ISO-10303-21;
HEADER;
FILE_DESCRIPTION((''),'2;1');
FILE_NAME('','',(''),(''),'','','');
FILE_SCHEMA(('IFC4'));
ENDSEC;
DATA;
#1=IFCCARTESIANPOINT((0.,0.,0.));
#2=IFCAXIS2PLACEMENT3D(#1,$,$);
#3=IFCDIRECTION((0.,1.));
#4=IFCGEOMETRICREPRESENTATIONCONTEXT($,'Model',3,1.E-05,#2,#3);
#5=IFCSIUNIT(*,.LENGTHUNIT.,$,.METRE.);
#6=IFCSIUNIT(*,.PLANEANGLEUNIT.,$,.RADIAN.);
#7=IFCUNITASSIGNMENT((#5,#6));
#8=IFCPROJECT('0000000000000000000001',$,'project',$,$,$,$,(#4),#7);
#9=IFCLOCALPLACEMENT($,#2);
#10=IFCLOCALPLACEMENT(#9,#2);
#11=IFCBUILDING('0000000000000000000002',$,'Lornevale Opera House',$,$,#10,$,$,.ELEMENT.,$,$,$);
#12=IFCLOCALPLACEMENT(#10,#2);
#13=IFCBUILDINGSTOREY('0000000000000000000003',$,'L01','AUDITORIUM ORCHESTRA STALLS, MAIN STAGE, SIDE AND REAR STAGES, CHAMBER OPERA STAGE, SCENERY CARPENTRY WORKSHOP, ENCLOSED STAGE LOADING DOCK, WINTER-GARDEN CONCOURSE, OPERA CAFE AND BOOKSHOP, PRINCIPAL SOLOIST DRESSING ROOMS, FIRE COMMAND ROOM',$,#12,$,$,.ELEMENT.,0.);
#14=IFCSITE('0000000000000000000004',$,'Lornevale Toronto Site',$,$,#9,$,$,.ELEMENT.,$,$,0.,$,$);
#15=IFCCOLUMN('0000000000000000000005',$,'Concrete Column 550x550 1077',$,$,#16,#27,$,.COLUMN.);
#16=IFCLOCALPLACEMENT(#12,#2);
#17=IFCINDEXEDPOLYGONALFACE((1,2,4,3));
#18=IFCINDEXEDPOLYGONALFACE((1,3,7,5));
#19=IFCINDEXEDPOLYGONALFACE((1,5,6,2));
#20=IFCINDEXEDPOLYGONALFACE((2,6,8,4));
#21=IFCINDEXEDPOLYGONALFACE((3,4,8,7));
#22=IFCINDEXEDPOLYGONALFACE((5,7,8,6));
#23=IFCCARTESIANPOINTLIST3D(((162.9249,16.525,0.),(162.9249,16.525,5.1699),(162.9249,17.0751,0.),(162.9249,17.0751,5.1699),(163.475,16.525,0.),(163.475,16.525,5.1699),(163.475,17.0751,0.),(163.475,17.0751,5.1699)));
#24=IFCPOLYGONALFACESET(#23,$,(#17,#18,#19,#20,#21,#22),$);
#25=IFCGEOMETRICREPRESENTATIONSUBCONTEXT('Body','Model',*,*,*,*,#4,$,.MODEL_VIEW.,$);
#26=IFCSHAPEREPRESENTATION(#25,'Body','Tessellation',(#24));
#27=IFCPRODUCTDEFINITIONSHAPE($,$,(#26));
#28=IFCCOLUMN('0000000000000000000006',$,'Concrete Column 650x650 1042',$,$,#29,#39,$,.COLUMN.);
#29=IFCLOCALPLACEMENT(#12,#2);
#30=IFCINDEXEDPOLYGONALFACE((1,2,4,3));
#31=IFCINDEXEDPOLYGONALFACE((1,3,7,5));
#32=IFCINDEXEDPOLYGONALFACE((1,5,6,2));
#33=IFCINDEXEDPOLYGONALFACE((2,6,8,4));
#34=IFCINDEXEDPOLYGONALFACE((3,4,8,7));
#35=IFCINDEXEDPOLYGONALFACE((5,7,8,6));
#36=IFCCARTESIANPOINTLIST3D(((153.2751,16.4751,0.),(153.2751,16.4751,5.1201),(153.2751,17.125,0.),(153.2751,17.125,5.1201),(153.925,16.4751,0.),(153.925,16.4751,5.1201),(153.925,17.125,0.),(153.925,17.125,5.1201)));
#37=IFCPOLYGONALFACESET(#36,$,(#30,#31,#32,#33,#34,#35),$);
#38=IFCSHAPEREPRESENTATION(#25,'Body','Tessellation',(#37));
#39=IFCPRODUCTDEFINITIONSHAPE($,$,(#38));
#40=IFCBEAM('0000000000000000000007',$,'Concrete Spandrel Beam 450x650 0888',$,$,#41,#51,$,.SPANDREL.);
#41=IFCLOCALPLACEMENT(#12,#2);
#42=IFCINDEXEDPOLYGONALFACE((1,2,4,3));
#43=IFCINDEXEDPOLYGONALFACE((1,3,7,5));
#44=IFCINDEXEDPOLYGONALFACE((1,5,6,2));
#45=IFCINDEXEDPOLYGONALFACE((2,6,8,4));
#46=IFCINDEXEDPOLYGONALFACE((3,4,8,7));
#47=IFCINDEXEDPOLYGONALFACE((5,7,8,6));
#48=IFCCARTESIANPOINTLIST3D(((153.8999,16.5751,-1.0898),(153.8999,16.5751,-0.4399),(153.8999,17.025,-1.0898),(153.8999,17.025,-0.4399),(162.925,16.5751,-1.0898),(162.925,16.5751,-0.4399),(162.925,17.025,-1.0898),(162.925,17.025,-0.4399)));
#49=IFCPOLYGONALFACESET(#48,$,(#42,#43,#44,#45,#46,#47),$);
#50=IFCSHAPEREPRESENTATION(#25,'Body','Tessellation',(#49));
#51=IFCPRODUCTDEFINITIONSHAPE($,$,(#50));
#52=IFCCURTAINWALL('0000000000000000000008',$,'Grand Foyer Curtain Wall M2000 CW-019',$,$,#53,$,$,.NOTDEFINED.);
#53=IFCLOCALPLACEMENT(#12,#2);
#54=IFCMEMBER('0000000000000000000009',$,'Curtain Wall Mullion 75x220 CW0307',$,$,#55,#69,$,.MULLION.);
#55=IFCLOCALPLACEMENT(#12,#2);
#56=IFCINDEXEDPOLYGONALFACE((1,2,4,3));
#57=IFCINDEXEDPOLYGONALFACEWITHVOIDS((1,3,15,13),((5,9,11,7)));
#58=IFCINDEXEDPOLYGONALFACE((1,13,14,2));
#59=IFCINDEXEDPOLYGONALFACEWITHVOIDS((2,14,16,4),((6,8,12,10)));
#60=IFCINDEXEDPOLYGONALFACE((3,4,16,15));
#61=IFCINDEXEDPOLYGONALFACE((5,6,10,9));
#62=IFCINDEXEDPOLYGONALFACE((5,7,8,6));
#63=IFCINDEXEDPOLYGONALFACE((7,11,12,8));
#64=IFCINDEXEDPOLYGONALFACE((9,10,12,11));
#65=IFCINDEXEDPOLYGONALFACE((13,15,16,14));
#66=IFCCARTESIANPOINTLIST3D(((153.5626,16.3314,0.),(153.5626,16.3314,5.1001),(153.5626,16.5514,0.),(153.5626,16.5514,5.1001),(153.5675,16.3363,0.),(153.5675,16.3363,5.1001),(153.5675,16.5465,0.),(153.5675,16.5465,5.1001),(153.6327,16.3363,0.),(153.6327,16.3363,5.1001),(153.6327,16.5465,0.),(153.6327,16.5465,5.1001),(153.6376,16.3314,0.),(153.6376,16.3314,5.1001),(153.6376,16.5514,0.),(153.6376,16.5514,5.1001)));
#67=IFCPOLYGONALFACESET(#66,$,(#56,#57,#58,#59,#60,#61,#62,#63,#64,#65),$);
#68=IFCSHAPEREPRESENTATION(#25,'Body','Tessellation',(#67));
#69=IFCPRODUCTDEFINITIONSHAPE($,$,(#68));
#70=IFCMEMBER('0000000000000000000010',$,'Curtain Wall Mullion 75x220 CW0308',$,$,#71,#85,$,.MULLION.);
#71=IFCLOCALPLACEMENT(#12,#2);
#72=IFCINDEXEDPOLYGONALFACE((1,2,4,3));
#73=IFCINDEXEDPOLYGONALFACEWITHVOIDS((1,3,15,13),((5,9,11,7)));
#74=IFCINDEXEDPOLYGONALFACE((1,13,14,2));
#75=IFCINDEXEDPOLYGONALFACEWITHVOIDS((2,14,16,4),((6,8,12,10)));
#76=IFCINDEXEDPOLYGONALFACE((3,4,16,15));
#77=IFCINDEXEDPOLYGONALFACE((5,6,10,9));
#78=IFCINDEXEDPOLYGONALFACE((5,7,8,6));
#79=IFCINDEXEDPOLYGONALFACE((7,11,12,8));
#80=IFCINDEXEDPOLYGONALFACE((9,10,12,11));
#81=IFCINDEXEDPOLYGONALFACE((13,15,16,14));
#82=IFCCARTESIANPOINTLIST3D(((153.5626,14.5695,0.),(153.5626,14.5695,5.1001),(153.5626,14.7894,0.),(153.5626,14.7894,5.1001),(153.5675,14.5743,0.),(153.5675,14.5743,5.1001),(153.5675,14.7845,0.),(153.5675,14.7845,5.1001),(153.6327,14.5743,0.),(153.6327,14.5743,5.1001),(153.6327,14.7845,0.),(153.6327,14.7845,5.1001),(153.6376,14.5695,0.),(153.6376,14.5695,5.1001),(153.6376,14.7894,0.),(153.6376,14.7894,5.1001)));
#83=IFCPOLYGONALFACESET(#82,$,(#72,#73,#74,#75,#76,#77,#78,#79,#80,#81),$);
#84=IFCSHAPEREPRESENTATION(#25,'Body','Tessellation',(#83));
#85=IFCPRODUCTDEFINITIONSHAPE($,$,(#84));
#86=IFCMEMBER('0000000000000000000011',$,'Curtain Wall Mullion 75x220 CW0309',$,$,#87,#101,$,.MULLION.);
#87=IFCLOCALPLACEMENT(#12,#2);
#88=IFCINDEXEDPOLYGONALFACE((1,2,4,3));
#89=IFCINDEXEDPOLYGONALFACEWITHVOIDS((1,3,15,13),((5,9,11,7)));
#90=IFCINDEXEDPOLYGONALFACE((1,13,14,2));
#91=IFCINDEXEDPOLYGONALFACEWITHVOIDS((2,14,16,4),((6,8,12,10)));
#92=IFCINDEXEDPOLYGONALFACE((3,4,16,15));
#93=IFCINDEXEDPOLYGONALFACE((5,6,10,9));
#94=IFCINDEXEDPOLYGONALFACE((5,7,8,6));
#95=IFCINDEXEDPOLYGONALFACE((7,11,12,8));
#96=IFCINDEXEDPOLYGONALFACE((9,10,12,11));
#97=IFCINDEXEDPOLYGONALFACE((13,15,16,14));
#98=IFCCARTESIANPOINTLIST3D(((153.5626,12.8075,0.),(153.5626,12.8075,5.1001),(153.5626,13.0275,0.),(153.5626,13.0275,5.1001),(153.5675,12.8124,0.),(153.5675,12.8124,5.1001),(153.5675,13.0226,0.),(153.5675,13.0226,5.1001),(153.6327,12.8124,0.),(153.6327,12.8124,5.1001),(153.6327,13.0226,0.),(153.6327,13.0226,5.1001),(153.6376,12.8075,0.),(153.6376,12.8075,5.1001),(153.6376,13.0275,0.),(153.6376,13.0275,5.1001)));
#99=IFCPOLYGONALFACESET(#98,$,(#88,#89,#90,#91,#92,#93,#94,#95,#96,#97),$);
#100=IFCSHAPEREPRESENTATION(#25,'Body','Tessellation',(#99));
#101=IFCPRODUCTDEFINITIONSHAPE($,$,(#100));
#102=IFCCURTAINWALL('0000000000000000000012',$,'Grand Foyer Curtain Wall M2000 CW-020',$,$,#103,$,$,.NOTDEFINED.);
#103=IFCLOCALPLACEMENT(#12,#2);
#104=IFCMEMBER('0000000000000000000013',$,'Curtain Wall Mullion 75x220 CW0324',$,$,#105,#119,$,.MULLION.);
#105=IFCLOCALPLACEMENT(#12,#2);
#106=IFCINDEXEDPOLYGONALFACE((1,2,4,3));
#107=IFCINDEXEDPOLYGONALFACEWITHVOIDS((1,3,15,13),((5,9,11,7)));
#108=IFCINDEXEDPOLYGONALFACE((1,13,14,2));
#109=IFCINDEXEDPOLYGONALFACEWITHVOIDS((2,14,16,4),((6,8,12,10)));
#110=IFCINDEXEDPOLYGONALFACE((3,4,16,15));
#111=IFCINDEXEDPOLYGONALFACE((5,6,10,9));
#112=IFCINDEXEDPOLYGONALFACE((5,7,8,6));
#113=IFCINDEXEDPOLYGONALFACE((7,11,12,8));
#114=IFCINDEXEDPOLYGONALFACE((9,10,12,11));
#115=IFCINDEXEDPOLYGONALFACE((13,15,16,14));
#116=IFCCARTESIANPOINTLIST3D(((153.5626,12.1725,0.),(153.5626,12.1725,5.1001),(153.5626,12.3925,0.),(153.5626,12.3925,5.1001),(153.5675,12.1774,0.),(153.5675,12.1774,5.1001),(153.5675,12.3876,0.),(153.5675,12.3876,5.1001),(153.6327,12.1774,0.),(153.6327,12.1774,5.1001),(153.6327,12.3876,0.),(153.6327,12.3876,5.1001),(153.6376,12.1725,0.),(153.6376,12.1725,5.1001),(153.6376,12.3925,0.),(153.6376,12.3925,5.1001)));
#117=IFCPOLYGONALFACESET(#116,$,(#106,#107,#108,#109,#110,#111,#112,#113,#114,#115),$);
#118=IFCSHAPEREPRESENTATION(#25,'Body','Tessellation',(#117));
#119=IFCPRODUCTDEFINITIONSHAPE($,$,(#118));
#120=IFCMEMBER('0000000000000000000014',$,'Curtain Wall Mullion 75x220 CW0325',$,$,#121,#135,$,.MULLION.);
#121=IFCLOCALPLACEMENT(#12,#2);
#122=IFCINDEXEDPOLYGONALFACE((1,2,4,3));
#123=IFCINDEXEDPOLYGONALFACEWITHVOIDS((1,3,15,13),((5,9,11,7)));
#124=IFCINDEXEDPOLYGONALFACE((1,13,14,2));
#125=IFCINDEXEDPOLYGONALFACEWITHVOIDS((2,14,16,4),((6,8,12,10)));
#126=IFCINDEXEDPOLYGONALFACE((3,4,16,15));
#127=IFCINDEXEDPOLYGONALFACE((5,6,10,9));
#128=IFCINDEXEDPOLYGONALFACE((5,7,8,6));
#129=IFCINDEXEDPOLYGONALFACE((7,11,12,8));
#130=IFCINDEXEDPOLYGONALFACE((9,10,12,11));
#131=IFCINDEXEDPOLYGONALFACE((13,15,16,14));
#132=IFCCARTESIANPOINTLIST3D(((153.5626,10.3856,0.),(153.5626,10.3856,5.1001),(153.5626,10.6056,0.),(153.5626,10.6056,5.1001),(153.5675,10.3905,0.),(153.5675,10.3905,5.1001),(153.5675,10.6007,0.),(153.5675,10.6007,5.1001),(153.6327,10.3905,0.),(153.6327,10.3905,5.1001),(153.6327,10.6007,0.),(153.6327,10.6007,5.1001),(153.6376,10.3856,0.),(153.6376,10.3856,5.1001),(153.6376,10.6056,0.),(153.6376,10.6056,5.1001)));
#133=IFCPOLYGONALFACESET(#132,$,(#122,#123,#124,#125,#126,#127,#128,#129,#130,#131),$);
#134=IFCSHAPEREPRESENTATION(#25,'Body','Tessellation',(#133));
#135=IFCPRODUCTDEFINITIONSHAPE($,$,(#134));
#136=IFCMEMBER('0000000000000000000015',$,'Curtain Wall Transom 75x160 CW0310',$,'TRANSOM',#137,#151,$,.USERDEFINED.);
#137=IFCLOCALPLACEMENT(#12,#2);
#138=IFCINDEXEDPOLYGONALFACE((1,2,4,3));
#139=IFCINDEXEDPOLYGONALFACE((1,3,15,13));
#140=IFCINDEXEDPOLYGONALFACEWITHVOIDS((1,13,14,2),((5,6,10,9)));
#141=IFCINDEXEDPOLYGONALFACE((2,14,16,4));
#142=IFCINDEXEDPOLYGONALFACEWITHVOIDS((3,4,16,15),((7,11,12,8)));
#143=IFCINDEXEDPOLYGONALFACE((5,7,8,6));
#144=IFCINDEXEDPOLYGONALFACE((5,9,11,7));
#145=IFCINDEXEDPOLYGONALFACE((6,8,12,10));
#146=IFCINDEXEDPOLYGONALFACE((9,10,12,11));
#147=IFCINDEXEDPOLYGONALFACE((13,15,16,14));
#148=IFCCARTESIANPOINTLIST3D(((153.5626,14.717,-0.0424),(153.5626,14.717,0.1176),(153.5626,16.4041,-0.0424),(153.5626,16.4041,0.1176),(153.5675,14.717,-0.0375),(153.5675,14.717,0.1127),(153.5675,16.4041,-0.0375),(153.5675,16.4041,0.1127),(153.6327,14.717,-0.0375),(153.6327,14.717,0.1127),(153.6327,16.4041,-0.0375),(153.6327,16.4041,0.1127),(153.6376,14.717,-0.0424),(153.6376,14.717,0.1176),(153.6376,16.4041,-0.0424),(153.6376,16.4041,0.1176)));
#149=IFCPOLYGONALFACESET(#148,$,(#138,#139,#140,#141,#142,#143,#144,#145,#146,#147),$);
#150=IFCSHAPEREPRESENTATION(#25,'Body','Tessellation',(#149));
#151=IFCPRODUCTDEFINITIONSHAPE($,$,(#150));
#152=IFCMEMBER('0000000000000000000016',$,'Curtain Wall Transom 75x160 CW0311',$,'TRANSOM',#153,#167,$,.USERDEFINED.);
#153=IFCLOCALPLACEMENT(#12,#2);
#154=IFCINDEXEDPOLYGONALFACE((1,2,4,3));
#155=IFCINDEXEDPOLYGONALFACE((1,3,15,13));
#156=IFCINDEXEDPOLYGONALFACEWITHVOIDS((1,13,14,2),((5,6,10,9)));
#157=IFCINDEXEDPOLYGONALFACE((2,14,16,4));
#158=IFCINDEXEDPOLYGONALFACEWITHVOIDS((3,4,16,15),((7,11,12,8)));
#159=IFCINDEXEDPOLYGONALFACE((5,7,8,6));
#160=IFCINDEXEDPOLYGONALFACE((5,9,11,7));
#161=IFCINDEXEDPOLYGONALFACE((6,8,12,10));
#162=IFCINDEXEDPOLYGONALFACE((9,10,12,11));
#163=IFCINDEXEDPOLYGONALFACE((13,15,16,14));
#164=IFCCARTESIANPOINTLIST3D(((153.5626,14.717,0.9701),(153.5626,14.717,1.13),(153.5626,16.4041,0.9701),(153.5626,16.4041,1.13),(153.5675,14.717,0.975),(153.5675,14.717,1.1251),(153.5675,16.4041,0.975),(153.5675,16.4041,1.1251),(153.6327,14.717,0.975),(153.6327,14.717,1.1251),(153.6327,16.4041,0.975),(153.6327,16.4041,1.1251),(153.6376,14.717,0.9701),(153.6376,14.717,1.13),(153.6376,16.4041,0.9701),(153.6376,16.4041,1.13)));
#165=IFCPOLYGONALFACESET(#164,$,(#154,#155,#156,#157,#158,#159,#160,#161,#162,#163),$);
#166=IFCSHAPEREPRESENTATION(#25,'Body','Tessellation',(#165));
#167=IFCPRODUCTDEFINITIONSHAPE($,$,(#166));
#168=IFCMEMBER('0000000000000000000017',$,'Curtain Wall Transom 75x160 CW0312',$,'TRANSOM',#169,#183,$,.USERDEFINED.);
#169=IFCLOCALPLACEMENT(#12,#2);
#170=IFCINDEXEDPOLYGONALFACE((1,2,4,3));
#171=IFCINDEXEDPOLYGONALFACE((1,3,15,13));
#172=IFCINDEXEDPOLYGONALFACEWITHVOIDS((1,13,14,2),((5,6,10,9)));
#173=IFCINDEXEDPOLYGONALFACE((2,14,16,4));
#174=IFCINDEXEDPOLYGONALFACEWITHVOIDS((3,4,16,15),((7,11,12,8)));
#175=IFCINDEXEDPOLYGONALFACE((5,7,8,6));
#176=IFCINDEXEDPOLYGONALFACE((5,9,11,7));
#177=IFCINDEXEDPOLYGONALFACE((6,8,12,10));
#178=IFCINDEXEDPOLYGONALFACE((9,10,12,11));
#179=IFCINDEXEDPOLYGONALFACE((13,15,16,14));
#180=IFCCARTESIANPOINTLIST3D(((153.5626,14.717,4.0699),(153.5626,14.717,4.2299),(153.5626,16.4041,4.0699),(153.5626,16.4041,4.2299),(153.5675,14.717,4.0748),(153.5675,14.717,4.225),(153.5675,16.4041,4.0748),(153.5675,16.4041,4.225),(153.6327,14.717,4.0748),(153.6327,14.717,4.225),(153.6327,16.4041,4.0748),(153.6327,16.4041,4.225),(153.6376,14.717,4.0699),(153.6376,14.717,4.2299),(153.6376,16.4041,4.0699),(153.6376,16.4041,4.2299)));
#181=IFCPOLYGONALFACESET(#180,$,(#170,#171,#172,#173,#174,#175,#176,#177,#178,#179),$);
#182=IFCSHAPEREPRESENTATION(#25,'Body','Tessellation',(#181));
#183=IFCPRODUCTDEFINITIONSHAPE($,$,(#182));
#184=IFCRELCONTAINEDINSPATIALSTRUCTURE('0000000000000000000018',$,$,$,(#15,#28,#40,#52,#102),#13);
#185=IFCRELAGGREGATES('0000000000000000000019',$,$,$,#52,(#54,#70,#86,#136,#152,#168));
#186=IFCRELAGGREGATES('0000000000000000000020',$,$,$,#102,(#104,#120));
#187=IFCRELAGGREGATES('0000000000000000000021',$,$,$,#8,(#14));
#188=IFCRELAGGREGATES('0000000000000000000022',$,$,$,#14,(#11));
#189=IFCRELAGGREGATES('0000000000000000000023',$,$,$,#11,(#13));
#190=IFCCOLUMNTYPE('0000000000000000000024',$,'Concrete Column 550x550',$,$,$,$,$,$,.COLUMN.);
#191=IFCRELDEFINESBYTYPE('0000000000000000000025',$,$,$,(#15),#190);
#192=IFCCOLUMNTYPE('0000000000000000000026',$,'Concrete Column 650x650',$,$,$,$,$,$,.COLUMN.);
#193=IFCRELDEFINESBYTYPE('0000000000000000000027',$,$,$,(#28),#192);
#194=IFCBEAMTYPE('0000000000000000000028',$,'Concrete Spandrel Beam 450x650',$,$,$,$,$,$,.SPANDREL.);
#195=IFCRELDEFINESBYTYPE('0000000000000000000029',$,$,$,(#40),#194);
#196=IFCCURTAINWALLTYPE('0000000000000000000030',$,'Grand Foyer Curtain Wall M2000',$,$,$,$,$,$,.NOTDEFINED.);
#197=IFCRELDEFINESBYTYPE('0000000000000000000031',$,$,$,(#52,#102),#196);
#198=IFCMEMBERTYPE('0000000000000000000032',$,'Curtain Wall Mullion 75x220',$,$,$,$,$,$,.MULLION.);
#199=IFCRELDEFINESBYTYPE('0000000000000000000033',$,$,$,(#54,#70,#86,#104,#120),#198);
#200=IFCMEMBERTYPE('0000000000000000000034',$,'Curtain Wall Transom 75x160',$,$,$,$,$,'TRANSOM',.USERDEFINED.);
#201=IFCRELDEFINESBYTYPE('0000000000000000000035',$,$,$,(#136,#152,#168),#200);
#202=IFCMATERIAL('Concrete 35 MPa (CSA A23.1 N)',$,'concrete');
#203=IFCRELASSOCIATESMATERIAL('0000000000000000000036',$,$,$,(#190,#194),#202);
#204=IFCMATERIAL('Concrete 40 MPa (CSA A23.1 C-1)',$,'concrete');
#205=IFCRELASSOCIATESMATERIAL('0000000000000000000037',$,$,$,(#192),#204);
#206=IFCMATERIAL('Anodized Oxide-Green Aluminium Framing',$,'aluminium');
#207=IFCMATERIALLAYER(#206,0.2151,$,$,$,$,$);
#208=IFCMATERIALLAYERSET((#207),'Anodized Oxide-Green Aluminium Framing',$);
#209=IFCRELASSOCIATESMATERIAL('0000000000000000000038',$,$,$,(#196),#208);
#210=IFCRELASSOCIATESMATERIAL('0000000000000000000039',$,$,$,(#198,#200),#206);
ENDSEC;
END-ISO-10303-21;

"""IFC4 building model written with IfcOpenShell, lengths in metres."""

from ifc_helpers import new_model, si_unit, direction, frame, origin, origin_2d, place, context, subcontext, project, spatial, rectangle, hollow_rectangle, extrude, material, layer, layer_set, material_profile, profile_set, type_object, element, aggregate, save


model = new_model("IFC4")

# Units and contexts
model_context = context("Model", 3, precision=1e-05, world=origin(), true_north=direction((0.0, 1.0)))
body_context = subcontext(model_context, "Body", "Model", "MODEL_VIEW")
ifc_project = project(units=[si_unit("LENGTHUNIT", "METRE"), si_unit("PLANEANGLEUNIT", "RADIAN")], contexts=[model_context])

# Site, building, storey
site_placement = place(None, origin())
site = spatial("IfcSite", under=ifc_project, at=site_placement, Name="Lornevale Toronto Site", CompositionType="ELEMENT", RefElevation=0.0)
building_placement = place(site_placement, origin())
building = spatial("IfcBuilding", under=site, at=building_placement, Name="Lornevale Opera House", CompositionType="ELEMENT")
storey_placement = place(building_placement, origin())
storey = spatial("IfcBuildingStorey", under=building, at=storey_placement, Name="L01", Description="AUDITORIUM ORCHESTRA STALLS, MAIN STAGE, SIDE AND REAR STAGES, CHAMBER OPERA STAGE, SCENERY CARPENTRY WORKSHOP, ENCLOSED STAGE LOADING DOCK, WINTER-GARDEN CONCOURSE, OPERA CAFE AND BOOKSHOP, PRINCIPAL SOLOIST DRESSING ROOMS, FIRE COMMAND ROOM", CompositionType="ELEMENT", Elevation=0.0)

# Columns
ifc_material_1 = material(Name="Concrete 35 MPa (CSA A23.1 N)", Category="concrete")
ifc_material_profile_1 = material_profile(ifc_material_1, rectangle(XDim=0.55, YDim=0.55, at=origin_2d()), Name="RC550x550")
ifc_profile_set_1 = profile_set([ifc_material_profile_1], Name="Concrete 35 MPa (CSA A23.1 N)")
column_type_1 = type_object("IfcColumnType", Name="Concrete Column 550x550", PredefinedType="COLUMN", material=ifc_profile_set_1)
column_1_placement = place(storey_placement, frame((163.2, 16.8, 0.0), z_axis=(0.0, 0.0, 1.0), x_axis=(1.0, 0.0, 0.0)))
element("IfcColumn", 1, at=column_1_placement, inside=storey, type_object=column_type_1, Name="Concrete Column 550x550 1077", PredefinedType="COLUMN", context=body_context, shape_type="SweptSolid", body=[
    extrude(rectangle(XDim=0.55, YDim=0.55, at=origin_2d()), origin(), (0.0, 0.0, 1.0), 5.1699),
])
ifc_material_2 = material(Name="Concrete 40 MPa (CSA A23.1 C-1)", Category="concrete")
ifc_material_profile_2 = material_profile(ifc_material_2, rectangle(XDim=0.6499, YDim=0.6499, at=origin_2d()), Name="RC650x650")
ifc_profile_set_2 = profile_set([ifc_material_profile_2], Name="Concrete 40 MPa (CSA A23.1 C-1)")
column_type_2 = type_object("IfcColumnType", Name="Concrete Column 650x650", PredefinedType="COLUMN", material=ifc_profile_set_2)
column_2_placement = place(storey_placement, frame((153.6001, 16.8, 0.0), z_axis=(0.0, 0.0, 1.0), x_axis=(1.0, 0.0, 0.0)))
element("IfcColumn", 2, at=column_2_placement, inside=storey, type_object=column_type_2, Name="Concrete Column 650x650 1042", PredefinedType="COLUMN", context=body_context, shape_type="SweptSolid", body=[
    extrude(rectangle(XDim=0.6499, YDim=0.6499, at=origin_2d()), origin(), (0.0, 0.0, 1.0), 5.1201),
])

# Beam
ifc_material_profile_3 = material_profile(ifc_material_1, rectangle(XDim=0.45, YDim=0.6499, at=origin_2d()), Name="RC450x650")
ifc_profile_set_3 = profile_set([ifc_material_profile_3], Name="Concrete 35 MPa (CSA A23.1 N)")
beam_type = type_object("IfcBeamType", Name="Concrete Spandrel Beam 450x650", PredefinedType="SPANDREL", material=ifc_profile_set_3)
beam_placement = place(storey_placement, frame((153.8999, 16.8, -0.7649), z_axis=(1.0, 0.0, 0.0), x_axis=(0.0, 1.0, 0.0)))
element("IfcBeam", 3, at=beam_placement, inside=storey, type_object=beam_type, Name="Concrete Spandrel Beam 450x650 0888", PredefinedType="SPANDREL", context=body_context, shape_type="SweptSolid", body=[
    extrude(rectangle(XDim=0.45, YDim=0.6499, at=origin_2d()), origin(), (0.0, 0.0, 1.0), 9.0251),
])

# Curtain walls, members
ifc_material_3 = material(Name="Anodized Oxide-Green Aluminium Framing", Category="aluminium")
ifc_layer_1 = layer(ifc_material_3, 0.2151)
ifc_layer_set_1 = layer_set([ifc_layer_1], Name="Anodized Oxide-Green Aluminium Framing")
curtain_wall_type = type_object("IfcCurtainWallType", Name="Grand Foyer Curtain Wall M2000", PredefinedType="NOTDEFINED", material=ifc_layer_set_1)
curtain_wall_1_placement = place(storey_placement, origin())
curtain_wall_1 = element("IfcCurtainWall", 4, at=curtain_wall_1_placement, inside=storey, type_object=curtain_wall_type, Name="Grand Foyer Curtain Wall M2000 CW-019", PredefinedType="NOTDEFINED")
ifc_material_profile_4 = material_profile(ifc_material_3, hollow_rectangle(XDim=0.075, YDim=0.22, WallThickness=0.0049, at=origin_2d()), Name="ALU75x220x5")
ifc_profile_set_4 = profile_set([ifc_material_profile_4], Name="Anodized Oxide-Green Aluminium Framing")
member_type_1 = type_object("IfcMemberType", Name="Curtain Wall Mullion 75x220", PredefinedType="MULLION", material=ifc_profile_set_4)
member_1_placement = place(storey_placement, frame((153.6001, 16.4414, 0.0), z_axis=(0.0, 0.0, 1.0), x_axis=(1.0, 0.0, 0.0)))
member_1 = element("IfcMember", 5, at=member_1_placement, type_object=member_type_1, Name="Curtain Wall Mullion 75x220 CW0307", PredefinedType="MULLION", context=body_context, shape_type="SweptSolid", body=[
    extrude(hollow_rectangle(XDim=0.075, YDim=0.22, WallThickness=0.0049, at=origin_2d()), origin(), (0.0, 0.0, 1.0), 5.1001),
])
member_2_placement = place(storey_placement, frame((153.6001, 14.6794, 0.0), z_axis=(0.0, 0.0, 1.0), x_axis=(1.0, 0.0, 0.0)))
member_2 = element("IfcMember", 6, at=member_2_placement, type_object=member_type_1, Name="Curtain Wall Mullion 75x220 CW0308", PredefinedType="MULLION", context=body_context, shape_type="SweptSolid", body=[
    extrude(hollow_rectangle(XDim=0.075, YDim=0.22, WallThickness=0.0049, at=origin_2d()), origin(), (0.0, 0.0, 1.0), 5.1001),
])
member_3_placement = place(storey_placement, frame((153.6001, 12.9175, 0.0), z_axis=(0.0, 0.0, 1.0), x_axis=(1.0, 0.0, 0.0)))
member_3 = element("IfcMember", 7, at=member_3_placement, type_object=member_type_1, Name="Curtain Wall Mullion 75x220 CW0309", PredefinedType="MULLION", context=body_context, shape_type="SweptSolid", body=[
    extrude(hollow_rectangle(XDim=0.075, YDim=0.22, WallThickness=0.0049, at=origin_2d()), origin(), (0.0, 0.0, 1.0), 5.1001),
])
curtain_wall_2_placement = place(storey_placement, origin())
curtain_wall_2 = element("IfcCurtainWall", 8, at=curtain_wall_2_placement, inside=storey, type_object=curtain_wall_type, Name="Grand Foyer Curtain Wall M2000 CW-020", PredefinedType="NOTDEFINED")
member_4_placement = place(storey_placement, frame((153.6001, 12.2825, 0.0), z_axis=(0.0, 0.0, 1.0), x_axis=(1.0, 0.0, 0.0)))
member_4 = element("IfcMember", 9, at=member_4_placement, type_object=member_type_1, Name="Curtain Wall Mullion 75x220 CW0324", PredefinedType="MULLION", context=body_context, shape_type="SweptSolid", body=[
    extrude(hollow_rectangle(XDim=0.075, YDim=0.22, WallThickness=0.0049, at=origin_2d()), origin(), (0.0, 0.0, 1.0), 5.1001),
])
member_5_placement = place(storey_placement, frame((153.6001, 10.4956, 0.0), z_axis=(0.0, 0.0, 1.0), x_axis=(1.0, 0.0, 0.0)))
member_5 = element("IfcMember", 10, at=member_5_placement, type_object=member_type_1, Name="Curtain Wall Mullion 75x220 CW0325", PredefinedType="MULLION", context=body_context, shape_type="SweptSolid", body=[
    extrude(hollow_rectangle(XDim=0.075, YDim=0.22, WallThickness=0.0049, at=origin_2d()), origin(), (0.0, 0.0, 1.0), 5.1001),
])

# Members
ifc_material_profile_5 = material_profile(ifc_material_3, hollow_rectangle(XDim=0.075, YDim=0.1599, WallThickness=0.0049, at=origin_2d()), Name="ALU75x160x5")
ifc_profile_set_5 = profile_set([ifc_material_profile_5], Name="Anodized Oxide-Green Aluminium Framing")
member_type_2 = type_object("IfcMemberType", Name="Curtain Wall Transom 75x160", ElementType="TRANSOM", PredefinedType="USERDEFINED", material=ifc_profile_set_5)
member_6_placement = place(storey_placement, frame((153.6001, 16.4041, 0.0376), z_axis=(0.0, -1.0, 0.0), x_axis=(1.0, 0.0, 0.0)))
member_6 = element("IfcMember", 11, at=member_6_placement, type_object=member_type_2, Name="Curtain Wall Transom 75x160 CW0310", ObjectType="TRANSOM", PredefinedType="USERDEFINED", context=body_context, shape_type="SweptSolid", body=[
    extrude(hollow_rectangle(XDim=0.075, YDim=0.1599, WallThickness=0.0049, at=origin_2d()), origin(), (0.0, 0.0, 1.0), 1.687),
])
member_7_placement = place(storey_placement, frame((153.6001, 16.4041, 1.05), z_axis=(0.0, -1.0, 0.0), x_axis=(1.0, 0.0, 0.0)))
member_7 = element("IfcMember", 12, at=member_7_placement, type_object=member_type_2, Name="Curtain Wall Transom 75x160 CW0311", ObjectType="TRANSOM", PredefinedType="USERDEFINED", context=body_context, shape_type="SweptSolid", body=[
    extrude(hollow_rectangle(XDim=0.075, YDim=0.1599, WallThickness=0.0049, at=origin_2d()), origin(), (0.0, 0.0, 1.0), 1.687),
])
member_8_placement = place(storey_placement, frame((153.6001, 16.4041, 4.1499), z_axis=(0.0, -1.0, 0.0), x_axis=(1.0, 0.0, 0.0)))
member_8 = element("IfcMember", 13, at=member_8_placement, type_object=member_type_2, Name="Curtain Wall Transom 75x160 CW0312", ObjectType="TRANSOM", PredefinedType="USERDEFINED", context=body_context, shape_type="SweptSolid", body=[
    extrude(hollow_rectangle(XDim=0.075, YDim=0.1599, WallThickness=0.0049, at=origin_2d()), origin(), (0.0, 0.0, 1.0), 1.687),
])

aggregate(curtain_wall_1, [member_1, member_2, member_3, member_6, member_7, member_8])
aggregate(curtain_wall_2, [member_4, member_5])

save(model, "model.ifc")
